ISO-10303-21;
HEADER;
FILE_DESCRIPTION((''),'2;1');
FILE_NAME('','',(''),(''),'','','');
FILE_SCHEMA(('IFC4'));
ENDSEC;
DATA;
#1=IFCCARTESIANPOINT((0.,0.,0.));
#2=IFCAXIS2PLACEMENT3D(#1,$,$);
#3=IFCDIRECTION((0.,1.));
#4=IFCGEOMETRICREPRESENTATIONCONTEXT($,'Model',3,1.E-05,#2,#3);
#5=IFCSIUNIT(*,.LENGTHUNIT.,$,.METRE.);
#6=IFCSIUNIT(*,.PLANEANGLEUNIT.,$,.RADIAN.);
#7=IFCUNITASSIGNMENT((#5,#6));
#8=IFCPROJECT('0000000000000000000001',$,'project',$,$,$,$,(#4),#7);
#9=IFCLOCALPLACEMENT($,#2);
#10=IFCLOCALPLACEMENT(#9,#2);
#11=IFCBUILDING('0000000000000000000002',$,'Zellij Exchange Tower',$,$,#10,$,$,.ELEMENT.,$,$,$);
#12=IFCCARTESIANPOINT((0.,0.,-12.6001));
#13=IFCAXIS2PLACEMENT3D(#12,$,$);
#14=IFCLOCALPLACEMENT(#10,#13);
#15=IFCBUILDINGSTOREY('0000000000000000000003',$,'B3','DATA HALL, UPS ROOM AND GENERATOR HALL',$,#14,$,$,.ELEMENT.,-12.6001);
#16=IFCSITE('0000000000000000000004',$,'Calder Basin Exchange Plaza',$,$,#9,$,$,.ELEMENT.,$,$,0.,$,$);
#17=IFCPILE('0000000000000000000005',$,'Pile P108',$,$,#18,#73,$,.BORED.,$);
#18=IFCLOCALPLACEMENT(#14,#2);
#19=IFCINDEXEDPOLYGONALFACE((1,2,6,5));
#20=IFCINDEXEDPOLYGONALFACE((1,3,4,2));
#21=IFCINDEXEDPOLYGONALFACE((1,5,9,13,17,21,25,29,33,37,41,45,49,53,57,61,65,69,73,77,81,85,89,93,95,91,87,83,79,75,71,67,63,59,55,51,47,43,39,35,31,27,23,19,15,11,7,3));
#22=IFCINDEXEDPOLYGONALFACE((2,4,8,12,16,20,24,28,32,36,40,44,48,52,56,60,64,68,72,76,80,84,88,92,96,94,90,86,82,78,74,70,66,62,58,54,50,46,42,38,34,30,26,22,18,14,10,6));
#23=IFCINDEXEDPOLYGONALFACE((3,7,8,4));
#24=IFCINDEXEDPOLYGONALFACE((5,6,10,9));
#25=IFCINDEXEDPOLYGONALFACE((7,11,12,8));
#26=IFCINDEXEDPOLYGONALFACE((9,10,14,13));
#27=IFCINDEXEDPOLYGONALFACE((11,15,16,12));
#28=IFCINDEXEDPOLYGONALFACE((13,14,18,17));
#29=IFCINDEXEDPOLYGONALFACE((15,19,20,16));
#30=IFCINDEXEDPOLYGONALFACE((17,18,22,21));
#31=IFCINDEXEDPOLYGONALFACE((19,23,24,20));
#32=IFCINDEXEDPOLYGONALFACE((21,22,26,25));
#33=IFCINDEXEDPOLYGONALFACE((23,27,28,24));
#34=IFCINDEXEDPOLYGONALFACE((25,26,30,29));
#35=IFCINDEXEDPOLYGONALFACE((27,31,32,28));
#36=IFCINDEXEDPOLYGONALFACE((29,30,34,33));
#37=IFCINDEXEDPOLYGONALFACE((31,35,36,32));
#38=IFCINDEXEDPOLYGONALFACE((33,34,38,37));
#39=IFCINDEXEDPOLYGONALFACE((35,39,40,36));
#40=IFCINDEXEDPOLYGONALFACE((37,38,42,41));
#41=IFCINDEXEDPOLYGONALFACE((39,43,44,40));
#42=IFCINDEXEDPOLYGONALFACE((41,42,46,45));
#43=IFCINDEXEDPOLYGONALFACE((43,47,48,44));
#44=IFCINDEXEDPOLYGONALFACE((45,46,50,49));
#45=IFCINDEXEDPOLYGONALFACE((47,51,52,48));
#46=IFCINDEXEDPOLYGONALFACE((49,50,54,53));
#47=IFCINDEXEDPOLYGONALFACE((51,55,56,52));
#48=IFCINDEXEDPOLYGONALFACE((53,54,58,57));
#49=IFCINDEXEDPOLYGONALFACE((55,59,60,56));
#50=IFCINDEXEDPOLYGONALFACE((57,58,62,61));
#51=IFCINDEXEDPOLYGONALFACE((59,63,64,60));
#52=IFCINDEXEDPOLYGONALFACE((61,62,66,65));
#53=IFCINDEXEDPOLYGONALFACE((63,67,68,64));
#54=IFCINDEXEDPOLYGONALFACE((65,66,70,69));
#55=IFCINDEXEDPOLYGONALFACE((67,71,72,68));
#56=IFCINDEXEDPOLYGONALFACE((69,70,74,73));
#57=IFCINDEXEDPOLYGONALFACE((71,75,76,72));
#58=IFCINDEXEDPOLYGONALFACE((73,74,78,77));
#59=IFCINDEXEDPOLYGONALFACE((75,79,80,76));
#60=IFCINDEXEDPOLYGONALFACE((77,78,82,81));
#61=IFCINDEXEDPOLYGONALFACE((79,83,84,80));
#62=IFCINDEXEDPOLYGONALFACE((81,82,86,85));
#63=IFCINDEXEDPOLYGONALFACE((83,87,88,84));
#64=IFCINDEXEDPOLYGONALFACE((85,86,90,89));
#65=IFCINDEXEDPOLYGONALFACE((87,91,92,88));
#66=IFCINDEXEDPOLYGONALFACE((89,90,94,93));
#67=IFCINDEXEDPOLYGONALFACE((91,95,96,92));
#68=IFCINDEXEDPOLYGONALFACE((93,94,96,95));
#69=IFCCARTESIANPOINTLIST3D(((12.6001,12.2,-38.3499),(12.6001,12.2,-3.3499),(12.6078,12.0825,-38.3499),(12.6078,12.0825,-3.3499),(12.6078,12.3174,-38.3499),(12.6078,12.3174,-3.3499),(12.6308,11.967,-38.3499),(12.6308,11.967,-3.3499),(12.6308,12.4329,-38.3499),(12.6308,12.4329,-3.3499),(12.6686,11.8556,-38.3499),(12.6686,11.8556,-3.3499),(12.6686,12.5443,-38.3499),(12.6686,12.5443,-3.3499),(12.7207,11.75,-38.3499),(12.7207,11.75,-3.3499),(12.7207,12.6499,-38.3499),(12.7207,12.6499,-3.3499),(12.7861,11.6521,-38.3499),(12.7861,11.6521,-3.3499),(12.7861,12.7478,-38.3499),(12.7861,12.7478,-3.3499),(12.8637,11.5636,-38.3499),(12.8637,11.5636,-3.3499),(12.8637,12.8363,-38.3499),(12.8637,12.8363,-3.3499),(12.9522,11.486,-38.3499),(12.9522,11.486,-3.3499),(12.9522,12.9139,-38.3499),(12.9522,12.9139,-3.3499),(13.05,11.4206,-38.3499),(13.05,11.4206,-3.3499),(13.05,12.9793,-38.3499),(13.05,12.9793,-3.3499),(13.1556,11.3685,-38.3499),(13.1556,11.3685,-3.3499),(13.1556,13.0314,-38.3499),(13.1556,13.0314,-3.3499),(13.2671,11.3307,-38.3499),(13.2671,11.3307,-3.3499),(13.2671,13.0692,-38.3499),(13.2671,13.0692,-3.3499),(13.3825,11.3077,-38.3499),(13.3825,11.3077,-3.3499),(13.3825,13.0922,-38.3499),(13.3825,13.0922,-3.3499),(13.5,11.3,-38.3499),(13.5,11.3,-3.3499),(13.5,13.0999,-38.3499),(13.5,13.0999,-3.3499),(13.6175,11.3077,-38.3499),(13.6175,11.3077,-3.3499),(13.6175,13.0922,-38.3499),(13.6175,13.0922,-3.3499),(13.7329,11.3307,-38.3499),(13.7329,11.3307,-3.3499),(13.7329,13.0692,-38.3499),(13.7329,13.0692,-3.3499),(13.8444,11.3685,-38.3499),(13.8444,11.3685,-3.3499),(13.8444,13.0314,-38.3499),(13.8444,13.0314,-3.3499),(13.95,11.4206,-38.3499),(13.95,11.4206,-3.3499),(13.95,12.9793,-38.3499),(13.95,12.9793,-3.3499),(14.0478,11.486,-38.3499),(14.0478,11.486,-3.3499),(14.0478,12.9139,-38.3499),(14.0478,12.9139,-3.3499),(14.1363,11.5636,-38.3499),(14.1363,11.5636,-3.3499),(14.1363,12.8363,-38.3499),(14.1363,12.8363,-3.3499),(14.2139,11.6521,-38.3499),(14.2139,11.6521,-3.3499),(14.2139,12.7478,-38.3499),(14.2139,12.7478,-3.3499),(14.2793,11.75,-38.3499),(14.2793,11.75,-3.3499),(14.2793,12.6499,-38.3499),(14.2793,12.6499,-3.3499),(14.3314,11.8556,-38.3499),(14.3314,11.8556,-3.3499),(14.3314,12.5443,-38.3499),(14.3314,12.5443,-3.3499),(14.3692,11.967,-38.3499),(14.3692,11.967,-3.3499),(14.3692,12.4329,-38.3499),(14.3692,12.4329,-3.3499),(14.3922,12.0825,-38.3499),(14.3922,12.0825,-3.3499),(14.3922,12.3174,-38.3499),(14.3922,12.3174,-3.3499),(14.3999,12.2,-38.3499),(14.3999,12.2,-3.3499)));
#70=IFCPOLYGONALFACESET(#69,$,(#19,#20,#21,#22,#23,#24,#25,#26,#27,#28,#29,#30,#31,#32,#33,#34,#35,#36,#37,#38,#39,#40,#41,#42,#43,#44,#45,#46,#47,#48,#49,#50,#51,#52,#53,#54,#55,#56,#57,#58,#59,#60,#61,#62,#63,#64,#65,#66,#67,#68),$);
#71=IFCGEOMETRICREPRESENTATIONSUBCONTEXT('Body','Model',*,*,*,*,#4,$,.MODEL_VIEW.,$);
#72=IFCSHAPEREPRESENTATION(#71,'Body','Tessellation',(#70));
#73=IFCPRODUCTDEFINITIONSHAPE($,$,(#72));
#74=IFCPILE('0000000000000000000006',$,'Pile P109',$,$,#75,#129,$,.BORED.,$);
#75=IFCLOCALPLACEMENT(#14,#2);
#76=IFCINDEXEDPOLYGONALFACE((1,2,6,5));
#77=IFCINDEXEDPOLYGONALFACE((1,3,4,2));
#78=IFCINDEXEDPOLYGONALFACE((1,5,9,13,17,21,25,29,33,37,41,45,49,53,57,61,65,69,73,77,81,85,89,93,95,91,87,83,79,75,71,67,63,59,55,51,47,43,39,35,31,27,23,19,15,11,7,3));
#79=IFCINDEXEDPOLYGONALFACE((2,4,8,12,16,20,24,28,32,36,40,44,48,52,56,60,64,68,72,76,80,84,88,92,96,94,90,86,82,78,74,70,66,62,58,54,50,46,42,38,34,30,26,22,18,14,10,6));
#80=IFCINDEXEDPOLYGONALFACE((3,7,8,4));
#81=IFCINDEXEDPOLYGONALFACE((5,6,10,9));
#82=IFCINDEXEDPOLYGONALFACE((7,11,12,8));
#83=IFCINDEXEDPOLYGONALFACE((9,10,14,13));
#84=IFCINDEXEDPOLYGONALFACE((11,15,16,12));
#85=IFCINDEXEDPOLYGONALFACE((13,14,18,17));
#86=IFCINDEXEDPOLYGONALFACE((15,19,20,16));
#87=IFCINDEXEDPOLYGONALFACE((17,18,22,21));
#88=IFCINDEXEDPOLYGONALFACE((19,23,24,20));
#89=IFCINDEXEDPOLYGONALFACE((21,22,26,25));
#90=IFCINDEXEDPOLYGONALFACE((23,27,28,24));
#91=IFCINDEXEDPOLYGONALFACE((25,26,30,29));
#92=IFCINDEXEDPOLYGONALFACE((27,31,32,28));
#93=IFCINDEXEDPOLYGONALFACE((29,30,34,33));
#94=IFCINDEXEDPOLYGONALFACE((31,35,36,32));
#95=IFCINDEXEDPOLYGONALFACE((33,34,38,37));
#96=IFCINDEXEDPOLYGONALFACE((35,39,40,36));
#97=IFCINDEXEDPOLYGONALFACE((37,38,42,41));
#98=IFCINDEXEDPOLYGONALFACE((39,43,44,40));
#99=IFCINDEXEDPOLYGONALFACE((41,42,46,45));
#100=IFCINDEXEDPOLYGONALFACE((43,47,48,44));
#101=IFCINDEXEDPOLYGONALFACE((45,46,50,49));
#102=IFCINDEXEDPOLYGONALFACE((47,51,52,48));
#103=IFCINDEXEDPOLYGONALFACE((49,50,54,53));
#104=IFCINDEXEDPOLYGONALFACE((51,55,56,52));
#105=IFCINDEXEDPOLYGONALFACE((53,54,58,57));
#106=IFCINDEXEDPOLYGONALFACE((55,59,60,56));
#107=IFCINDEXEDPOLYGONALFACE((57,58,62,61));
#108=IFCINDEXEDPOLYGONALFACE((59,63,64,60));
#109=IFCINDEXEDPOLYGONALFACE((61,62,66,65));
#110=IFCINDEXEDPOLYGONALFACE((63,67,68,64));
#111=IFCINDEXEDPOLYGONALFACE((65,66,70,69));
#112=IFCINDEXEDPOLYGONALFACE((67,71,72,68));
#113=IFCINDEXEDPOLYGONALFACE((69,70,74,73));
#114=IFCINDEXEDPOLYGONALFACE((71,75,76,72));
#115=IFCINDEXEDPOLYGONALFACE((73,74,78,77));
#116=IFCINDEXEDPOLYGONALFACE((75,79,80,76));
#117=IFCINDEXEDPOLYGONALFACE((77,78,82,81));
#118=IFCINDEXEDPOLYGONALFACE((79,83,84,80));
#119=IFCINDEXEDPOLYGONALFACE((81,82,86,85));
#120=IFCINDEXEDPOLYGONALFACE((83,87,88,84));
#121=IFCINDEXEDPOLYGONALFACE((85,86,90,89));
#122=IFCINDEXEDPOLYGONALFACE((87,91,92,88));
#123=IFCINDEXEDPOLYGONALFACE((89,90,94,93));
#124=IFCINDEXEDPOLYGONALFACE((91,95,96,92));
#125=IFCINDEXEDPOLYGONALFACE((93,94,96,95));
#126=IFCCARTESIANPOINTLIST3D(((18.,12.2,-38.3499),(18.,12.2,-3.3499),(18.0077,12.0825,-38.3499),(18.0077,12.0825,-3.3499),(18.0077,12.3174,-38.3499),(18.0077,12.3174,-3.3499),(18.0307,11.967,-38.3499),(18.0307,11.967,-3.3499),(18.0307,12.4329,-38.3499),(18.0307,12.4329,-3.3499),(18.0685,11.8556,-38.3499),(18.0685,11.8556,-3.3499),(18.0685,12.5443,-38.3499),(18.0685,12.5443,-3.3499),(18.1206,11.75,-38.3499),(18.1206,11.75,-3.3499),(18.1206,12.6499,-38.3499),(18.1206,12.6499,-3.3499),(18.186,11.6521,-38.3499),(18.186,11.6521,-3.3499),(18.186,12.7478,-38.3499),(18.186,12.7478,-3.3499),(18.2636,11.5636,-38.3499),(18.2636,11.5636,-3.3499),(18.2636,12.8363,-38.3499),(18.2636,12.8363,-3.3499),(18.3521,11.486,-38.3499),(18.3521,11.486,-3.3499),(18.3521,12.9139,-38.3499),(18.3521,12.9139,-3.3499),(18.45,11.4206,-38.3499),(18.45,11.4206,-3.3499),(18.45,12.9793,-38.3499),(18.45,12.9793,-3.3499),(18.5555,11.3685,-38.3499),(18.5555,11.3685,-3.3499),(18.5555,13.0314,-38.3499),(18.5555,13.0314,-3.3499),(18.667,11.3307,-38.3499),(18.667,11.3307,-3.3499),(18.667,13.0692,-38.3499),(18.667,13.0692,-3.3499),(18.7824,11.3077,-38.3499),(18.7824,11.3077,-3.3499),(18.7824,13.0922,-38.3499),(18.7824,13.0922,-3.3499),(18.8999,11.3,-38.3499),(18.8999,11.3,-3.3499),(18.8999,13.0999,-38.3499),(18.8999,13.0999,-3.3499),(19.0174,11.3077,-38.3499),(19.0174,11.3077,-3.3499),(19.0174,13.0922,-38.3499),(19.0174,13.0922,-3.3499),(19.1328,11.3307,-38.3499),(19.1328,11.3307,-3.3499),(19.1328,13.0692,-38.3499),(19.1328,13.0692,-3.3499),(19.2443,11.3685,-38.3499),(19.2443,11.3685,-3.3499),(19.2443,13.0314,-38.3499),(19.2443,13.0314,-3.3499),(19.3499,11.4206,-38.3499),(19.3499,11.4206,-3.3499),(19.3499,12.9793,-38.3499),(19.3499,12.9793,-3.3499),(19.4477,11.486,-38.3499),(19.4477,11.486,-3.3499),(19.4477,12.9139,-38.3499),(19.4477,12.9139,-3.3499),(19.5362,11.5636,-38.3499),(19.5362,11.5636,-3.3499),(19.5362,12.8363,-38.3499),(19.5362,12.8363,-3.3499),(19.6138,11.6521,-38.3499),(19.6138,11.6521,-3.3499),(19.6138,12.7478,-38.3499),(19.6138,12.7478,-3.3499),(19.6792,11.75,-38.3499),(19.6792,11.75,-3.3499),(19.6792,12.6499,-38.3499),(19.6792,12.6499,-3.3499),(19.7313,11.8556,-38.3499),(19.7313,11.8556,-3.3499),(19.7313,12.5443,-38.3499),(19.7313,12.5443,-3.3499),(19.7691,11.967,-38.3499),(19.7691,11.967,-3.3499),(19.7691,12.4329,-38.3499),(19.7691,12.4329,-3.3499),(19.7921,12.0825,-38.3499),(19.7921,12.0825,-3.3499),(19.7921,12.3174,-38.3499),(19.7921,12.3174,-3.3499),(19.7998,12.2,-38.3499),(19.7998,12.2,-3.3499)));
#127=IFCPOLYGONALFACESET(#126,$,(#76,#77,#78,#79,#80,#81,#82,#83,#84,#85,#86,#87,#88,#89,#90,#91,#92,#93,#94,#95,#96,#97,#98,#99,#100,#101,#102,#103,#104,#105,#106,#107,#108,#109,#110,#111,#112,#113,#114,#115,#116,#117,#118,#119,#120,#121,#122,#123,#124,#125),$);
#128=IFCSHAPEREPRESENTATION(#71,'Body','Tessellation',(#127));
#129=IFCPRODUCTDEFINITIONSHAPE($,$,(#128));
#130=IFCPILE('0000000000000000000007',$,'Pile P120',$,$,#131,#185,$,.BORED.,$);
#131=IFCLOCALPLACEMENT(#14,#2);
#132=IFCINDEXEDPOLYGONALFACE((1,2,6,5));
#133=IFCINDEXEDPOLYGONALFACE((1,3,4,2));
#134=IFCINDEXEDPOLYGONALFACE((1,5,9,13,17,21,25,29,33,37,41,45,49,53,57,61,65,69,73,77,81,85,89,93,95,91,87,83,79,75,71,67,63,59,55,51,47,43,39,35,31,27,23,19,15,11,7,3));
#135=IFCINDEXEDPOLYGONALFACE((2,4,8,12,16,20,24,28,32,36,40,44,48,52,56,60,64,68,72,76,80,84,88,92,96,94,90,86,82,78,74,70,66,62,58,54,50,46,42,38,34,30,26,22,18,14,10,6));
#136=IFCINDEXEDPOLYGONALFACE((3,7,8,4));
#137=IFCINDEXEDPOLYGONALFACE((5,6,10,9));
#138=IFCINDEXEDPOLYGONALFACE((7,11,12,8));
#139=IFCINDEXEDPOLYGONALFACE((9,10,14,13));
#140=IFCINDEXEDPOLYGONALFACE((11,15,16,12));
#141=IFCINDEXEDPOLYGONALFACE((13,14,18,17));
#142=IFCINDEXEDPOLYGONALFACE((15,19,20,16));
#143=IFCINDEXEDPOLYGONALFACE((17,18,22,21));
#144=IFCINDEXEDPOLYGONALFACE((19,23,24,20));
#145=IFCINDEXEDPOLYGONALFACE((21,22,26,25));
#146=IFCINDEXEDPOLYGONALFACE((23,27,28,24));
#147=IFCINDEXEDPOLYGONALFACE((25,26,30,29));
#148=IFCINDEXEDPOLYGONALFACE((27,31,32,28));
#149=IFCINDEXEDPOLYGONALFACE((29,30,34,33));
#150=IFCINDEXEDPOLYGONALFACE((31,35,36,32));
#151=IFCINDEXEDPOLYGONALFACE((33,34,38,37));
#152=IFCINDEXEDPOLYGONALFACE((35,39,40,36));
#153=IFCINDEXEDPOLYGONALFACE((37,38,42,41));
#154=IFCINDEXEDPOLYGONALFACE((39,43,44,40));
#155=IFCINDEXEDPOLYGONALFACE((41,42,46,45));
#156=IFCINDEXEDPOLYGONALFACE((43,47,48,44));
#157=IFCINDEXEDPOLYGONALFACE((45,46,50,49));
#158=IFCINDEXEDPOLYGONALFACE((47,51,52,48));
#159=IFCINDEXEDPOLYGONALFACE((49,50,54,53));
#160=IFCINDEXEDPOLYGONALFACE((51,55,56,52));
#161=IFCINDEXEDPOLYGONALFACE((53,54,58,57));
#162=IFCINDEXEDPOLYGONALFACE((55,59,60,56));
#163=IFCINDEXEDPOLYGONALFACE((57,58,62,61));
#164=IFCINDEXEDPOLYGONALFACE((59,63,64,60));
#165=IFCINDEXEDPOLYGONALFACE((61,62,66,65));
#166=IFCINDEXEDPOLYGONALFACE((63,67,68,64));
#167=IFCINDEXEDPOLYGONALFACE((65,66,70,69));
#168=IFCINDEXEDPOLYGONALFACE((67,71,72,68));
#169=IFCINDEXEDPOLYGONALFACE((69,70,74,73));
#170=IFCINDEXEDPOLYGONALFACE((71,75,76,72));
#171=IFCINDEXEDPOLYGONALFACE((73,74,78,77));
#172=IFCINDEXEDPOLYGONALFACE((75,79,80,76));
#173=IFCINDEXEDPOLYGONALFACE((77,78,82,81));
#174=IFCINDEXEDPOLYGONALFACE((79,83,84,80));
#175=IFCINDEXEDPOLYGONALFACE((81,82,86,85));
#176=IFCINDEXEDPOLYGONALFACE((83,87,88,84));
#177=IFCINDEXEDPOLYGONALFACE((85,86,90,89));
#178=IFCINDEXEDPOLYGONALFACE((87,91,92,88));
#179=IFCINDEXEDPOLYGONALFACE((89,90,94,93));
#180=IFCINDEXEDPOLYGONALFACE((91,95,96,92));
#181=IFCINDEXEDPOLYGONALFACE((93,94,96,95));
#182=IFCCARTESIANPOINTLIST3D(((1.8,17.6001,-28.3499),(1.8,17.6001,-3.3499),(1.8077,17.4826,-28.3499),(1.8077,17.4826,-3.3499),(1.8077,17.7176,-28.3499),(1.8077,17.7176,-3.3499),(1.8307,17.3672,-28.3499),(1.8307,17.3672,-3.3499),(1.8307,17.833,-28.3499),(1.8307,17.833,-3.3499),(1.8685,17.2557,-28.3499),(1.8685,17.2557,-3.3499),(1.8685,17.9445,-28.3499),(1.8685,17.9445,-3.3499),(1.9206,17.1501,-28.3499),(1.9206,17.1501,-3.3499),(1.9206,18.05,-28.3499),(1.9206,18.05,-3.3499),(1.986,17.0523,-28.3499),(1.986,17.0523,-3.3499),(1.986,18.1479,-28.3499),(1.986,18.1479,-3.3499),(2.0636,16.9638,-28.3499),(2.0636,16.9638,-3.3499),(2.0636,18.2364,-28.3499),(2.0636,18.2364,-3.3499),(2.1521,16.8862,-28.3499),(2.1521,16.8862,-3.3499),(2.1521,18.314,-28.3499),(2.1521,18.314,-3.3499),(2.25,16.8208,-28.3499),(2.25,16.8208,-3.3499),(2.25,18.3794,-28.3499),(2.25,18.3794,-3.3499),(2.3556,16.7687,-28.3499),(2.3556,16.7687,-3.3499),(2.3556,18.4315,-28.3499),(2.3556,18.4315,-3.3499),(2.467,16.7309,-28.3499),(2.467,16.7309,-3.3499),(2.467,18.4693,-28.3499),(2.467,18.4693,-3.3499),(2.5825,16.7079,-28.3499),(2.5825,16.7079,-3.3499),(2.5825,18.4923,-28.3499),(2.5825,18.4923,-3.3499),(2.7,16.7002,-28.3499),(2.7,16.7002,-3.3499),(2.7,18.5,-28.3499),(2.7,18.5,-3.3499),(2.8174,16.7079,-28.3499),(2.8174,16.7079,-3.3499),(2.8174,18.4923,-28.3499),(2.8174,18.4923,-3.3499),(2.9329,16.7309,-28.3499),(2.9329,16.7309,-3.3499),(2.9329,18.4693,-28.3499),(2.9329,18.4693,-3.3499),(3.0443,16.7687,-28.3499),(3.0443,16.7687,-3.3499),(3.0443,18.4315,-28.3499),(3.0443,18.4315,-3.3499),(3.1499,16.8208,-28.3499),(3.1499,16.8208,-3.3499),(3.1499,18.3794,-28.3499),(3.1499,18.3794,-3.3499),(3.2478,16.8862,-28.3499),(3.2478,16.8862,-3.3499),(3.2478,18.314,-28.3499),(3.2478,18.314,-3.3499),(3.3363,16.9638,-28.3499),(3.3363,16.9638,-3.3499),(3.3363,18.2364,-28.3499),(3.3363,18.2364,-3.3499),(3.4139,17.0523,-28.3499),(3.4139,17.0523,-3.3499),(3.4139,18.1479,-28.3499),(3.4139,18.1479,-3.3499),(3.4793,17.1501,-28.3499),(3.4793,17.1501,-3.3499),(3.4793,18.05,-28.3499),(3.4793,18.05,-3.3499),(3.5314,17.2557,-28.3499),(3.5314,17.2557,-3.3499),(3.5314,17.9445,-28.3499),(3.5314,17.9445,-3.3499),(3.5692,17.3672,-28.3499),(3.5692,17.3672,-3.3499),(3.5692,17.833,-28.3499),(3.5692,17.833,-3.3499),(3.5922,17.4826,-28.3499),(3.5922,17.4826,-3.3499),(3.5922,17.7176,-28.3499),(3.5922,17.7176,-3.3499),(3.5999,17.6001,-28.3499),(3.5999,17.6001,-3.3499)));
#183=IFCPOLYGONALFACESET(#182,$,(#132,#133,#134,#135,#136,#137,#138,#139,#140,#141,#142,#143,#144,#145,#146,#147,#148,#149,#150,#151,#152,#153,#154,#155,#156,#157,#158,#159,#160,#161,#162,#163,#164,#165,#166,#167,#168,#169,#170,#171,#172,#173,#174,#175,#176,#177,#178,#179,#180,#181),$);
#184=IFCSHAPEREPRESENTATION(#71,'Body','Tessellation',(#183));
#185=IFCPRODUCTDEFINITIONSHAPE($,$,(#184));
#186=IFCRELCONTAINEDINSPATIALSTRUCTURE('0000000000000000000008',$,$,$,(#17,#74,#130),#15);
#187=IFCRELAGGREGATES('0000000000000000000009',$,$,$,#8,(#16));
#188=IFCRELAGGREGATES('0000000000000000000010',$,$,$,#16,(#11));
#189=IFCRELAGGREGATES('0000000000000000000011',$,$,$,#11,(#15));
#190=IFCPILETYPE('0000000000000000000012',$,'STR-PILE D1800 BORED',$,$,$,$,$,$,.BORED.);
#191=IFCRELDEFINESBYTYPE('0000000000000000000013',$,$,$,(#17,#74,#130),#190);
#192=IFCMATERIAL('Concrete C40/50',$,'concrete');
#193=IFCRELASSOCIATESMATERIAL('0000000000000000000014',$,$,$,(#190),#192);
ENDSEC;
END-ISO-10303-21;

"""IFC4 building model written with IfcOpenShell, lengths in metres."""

from ifc_helpers import new_model, si_unit, direction, frame, origin, origin_2d, place, context, subcontext, project, spatial, circle, extrude, material, material_profile, profile_set, type_object, element, save


model = new_model("IFC4")

# Units and contexts
model_context = context("Model", 3, precision=1e-05, world=origin(), true_north=direction((0.0, 1.0)))
body_context = subcontext(model_context, "Body", "Model", "MODEL_VIEW")
ifc_project = project(units=[si_unit("LENGTHUNIT", "METRE"), si_unit("PLANEANGLEUNIT", "RADIAN")], contexts=[model_context])

# Site, building, storey
site_placement = place(None, origin())
site = spatial("IfcSite", under=ifc_project, at=site_placement, Name="Calder Basin Exchange Plaza", CompositionType="ELEMENT", RefElevation=0.0)
building_placement = place(site_placement, origin())
building = spatial("IfcBuilding", under=site, at=building_placement, Name="Zellij Exchange Tower", CompositionType="ELEMENT")
storey_placement = place(building_placement, frame((0.0, 0.0, -12.6001)))
storey = spatial("IfcBuildingStorey", under=building, at=storey_placement, Name="B3", Description="DATA HALL, UPS ROOM AND GENERATOR HALL", CompositionType="ELEMENT", Elevation=-12.6001)

# Piles
ifc_material_1 = material(Name="Concrete C40/50", Category="concrete")
ifc_material_profile_1 = material_profile(ifc_material_1, circle(Radius=0.8999, at=origin_2d()), Name="STR-PILE D1800 BORED")
ifc_profile_set_1 = profile_set([ifc_material_profile_1], Name="Concrete C40/50")
pile_type = type_object("IfcPileType", Name="STR-PILE D1800 BORED", PredefinedType="BORED", material=ifc_profile_set_1)
for number, where, z_axis, x_axis, name in (
    (1, (13.5, 12.2, -3.3499), (0.0, 0.0, -1.0), (1.0, 0.0, 0.0), "Pile P108"),
    (2, (18.8999, 12.2, -3.3499), (0.0, 0.0, -1.0), (1.0, 0.0, 0.0), "Pile P109"),
):
    element("IfcPile", number, at=place(storey_placement, frame(where, z_axis=z_axis, x_axis=x_axis)), inside=storey, type_object=pile_type, Name=name, PredefinedType="BORED", context=body_context, shape_type="SweptSolid", body=[
        extrude(circle(Radius=0.8999, at=origin_2d()), origin(), (0.0, 0.0, 1.0), 35.0),
    ])
for number, where, z_axis, x_axis, name in (
    (3, (2.7, 17.6001, -3.3499), (0.0, 0.0, -1.0), (1.0, 0.0, 0.0), "Pile P120"),
):
    element("IfcPile", number, at=place(storey_placement, frame(where, z_axis=z_axis, x_axis=x_axis)), inside=storey, type_object=pile_type, Name=name, PredefinedType="BORED", context=body_context, shape_type="SweptSolid", body=[
        extrude(circle(Radius=0.8999, at=origin_2d()), origin(), (0.0, 0.0, 1.0), 25.0),
    ])

save(model, "model.ifc")
